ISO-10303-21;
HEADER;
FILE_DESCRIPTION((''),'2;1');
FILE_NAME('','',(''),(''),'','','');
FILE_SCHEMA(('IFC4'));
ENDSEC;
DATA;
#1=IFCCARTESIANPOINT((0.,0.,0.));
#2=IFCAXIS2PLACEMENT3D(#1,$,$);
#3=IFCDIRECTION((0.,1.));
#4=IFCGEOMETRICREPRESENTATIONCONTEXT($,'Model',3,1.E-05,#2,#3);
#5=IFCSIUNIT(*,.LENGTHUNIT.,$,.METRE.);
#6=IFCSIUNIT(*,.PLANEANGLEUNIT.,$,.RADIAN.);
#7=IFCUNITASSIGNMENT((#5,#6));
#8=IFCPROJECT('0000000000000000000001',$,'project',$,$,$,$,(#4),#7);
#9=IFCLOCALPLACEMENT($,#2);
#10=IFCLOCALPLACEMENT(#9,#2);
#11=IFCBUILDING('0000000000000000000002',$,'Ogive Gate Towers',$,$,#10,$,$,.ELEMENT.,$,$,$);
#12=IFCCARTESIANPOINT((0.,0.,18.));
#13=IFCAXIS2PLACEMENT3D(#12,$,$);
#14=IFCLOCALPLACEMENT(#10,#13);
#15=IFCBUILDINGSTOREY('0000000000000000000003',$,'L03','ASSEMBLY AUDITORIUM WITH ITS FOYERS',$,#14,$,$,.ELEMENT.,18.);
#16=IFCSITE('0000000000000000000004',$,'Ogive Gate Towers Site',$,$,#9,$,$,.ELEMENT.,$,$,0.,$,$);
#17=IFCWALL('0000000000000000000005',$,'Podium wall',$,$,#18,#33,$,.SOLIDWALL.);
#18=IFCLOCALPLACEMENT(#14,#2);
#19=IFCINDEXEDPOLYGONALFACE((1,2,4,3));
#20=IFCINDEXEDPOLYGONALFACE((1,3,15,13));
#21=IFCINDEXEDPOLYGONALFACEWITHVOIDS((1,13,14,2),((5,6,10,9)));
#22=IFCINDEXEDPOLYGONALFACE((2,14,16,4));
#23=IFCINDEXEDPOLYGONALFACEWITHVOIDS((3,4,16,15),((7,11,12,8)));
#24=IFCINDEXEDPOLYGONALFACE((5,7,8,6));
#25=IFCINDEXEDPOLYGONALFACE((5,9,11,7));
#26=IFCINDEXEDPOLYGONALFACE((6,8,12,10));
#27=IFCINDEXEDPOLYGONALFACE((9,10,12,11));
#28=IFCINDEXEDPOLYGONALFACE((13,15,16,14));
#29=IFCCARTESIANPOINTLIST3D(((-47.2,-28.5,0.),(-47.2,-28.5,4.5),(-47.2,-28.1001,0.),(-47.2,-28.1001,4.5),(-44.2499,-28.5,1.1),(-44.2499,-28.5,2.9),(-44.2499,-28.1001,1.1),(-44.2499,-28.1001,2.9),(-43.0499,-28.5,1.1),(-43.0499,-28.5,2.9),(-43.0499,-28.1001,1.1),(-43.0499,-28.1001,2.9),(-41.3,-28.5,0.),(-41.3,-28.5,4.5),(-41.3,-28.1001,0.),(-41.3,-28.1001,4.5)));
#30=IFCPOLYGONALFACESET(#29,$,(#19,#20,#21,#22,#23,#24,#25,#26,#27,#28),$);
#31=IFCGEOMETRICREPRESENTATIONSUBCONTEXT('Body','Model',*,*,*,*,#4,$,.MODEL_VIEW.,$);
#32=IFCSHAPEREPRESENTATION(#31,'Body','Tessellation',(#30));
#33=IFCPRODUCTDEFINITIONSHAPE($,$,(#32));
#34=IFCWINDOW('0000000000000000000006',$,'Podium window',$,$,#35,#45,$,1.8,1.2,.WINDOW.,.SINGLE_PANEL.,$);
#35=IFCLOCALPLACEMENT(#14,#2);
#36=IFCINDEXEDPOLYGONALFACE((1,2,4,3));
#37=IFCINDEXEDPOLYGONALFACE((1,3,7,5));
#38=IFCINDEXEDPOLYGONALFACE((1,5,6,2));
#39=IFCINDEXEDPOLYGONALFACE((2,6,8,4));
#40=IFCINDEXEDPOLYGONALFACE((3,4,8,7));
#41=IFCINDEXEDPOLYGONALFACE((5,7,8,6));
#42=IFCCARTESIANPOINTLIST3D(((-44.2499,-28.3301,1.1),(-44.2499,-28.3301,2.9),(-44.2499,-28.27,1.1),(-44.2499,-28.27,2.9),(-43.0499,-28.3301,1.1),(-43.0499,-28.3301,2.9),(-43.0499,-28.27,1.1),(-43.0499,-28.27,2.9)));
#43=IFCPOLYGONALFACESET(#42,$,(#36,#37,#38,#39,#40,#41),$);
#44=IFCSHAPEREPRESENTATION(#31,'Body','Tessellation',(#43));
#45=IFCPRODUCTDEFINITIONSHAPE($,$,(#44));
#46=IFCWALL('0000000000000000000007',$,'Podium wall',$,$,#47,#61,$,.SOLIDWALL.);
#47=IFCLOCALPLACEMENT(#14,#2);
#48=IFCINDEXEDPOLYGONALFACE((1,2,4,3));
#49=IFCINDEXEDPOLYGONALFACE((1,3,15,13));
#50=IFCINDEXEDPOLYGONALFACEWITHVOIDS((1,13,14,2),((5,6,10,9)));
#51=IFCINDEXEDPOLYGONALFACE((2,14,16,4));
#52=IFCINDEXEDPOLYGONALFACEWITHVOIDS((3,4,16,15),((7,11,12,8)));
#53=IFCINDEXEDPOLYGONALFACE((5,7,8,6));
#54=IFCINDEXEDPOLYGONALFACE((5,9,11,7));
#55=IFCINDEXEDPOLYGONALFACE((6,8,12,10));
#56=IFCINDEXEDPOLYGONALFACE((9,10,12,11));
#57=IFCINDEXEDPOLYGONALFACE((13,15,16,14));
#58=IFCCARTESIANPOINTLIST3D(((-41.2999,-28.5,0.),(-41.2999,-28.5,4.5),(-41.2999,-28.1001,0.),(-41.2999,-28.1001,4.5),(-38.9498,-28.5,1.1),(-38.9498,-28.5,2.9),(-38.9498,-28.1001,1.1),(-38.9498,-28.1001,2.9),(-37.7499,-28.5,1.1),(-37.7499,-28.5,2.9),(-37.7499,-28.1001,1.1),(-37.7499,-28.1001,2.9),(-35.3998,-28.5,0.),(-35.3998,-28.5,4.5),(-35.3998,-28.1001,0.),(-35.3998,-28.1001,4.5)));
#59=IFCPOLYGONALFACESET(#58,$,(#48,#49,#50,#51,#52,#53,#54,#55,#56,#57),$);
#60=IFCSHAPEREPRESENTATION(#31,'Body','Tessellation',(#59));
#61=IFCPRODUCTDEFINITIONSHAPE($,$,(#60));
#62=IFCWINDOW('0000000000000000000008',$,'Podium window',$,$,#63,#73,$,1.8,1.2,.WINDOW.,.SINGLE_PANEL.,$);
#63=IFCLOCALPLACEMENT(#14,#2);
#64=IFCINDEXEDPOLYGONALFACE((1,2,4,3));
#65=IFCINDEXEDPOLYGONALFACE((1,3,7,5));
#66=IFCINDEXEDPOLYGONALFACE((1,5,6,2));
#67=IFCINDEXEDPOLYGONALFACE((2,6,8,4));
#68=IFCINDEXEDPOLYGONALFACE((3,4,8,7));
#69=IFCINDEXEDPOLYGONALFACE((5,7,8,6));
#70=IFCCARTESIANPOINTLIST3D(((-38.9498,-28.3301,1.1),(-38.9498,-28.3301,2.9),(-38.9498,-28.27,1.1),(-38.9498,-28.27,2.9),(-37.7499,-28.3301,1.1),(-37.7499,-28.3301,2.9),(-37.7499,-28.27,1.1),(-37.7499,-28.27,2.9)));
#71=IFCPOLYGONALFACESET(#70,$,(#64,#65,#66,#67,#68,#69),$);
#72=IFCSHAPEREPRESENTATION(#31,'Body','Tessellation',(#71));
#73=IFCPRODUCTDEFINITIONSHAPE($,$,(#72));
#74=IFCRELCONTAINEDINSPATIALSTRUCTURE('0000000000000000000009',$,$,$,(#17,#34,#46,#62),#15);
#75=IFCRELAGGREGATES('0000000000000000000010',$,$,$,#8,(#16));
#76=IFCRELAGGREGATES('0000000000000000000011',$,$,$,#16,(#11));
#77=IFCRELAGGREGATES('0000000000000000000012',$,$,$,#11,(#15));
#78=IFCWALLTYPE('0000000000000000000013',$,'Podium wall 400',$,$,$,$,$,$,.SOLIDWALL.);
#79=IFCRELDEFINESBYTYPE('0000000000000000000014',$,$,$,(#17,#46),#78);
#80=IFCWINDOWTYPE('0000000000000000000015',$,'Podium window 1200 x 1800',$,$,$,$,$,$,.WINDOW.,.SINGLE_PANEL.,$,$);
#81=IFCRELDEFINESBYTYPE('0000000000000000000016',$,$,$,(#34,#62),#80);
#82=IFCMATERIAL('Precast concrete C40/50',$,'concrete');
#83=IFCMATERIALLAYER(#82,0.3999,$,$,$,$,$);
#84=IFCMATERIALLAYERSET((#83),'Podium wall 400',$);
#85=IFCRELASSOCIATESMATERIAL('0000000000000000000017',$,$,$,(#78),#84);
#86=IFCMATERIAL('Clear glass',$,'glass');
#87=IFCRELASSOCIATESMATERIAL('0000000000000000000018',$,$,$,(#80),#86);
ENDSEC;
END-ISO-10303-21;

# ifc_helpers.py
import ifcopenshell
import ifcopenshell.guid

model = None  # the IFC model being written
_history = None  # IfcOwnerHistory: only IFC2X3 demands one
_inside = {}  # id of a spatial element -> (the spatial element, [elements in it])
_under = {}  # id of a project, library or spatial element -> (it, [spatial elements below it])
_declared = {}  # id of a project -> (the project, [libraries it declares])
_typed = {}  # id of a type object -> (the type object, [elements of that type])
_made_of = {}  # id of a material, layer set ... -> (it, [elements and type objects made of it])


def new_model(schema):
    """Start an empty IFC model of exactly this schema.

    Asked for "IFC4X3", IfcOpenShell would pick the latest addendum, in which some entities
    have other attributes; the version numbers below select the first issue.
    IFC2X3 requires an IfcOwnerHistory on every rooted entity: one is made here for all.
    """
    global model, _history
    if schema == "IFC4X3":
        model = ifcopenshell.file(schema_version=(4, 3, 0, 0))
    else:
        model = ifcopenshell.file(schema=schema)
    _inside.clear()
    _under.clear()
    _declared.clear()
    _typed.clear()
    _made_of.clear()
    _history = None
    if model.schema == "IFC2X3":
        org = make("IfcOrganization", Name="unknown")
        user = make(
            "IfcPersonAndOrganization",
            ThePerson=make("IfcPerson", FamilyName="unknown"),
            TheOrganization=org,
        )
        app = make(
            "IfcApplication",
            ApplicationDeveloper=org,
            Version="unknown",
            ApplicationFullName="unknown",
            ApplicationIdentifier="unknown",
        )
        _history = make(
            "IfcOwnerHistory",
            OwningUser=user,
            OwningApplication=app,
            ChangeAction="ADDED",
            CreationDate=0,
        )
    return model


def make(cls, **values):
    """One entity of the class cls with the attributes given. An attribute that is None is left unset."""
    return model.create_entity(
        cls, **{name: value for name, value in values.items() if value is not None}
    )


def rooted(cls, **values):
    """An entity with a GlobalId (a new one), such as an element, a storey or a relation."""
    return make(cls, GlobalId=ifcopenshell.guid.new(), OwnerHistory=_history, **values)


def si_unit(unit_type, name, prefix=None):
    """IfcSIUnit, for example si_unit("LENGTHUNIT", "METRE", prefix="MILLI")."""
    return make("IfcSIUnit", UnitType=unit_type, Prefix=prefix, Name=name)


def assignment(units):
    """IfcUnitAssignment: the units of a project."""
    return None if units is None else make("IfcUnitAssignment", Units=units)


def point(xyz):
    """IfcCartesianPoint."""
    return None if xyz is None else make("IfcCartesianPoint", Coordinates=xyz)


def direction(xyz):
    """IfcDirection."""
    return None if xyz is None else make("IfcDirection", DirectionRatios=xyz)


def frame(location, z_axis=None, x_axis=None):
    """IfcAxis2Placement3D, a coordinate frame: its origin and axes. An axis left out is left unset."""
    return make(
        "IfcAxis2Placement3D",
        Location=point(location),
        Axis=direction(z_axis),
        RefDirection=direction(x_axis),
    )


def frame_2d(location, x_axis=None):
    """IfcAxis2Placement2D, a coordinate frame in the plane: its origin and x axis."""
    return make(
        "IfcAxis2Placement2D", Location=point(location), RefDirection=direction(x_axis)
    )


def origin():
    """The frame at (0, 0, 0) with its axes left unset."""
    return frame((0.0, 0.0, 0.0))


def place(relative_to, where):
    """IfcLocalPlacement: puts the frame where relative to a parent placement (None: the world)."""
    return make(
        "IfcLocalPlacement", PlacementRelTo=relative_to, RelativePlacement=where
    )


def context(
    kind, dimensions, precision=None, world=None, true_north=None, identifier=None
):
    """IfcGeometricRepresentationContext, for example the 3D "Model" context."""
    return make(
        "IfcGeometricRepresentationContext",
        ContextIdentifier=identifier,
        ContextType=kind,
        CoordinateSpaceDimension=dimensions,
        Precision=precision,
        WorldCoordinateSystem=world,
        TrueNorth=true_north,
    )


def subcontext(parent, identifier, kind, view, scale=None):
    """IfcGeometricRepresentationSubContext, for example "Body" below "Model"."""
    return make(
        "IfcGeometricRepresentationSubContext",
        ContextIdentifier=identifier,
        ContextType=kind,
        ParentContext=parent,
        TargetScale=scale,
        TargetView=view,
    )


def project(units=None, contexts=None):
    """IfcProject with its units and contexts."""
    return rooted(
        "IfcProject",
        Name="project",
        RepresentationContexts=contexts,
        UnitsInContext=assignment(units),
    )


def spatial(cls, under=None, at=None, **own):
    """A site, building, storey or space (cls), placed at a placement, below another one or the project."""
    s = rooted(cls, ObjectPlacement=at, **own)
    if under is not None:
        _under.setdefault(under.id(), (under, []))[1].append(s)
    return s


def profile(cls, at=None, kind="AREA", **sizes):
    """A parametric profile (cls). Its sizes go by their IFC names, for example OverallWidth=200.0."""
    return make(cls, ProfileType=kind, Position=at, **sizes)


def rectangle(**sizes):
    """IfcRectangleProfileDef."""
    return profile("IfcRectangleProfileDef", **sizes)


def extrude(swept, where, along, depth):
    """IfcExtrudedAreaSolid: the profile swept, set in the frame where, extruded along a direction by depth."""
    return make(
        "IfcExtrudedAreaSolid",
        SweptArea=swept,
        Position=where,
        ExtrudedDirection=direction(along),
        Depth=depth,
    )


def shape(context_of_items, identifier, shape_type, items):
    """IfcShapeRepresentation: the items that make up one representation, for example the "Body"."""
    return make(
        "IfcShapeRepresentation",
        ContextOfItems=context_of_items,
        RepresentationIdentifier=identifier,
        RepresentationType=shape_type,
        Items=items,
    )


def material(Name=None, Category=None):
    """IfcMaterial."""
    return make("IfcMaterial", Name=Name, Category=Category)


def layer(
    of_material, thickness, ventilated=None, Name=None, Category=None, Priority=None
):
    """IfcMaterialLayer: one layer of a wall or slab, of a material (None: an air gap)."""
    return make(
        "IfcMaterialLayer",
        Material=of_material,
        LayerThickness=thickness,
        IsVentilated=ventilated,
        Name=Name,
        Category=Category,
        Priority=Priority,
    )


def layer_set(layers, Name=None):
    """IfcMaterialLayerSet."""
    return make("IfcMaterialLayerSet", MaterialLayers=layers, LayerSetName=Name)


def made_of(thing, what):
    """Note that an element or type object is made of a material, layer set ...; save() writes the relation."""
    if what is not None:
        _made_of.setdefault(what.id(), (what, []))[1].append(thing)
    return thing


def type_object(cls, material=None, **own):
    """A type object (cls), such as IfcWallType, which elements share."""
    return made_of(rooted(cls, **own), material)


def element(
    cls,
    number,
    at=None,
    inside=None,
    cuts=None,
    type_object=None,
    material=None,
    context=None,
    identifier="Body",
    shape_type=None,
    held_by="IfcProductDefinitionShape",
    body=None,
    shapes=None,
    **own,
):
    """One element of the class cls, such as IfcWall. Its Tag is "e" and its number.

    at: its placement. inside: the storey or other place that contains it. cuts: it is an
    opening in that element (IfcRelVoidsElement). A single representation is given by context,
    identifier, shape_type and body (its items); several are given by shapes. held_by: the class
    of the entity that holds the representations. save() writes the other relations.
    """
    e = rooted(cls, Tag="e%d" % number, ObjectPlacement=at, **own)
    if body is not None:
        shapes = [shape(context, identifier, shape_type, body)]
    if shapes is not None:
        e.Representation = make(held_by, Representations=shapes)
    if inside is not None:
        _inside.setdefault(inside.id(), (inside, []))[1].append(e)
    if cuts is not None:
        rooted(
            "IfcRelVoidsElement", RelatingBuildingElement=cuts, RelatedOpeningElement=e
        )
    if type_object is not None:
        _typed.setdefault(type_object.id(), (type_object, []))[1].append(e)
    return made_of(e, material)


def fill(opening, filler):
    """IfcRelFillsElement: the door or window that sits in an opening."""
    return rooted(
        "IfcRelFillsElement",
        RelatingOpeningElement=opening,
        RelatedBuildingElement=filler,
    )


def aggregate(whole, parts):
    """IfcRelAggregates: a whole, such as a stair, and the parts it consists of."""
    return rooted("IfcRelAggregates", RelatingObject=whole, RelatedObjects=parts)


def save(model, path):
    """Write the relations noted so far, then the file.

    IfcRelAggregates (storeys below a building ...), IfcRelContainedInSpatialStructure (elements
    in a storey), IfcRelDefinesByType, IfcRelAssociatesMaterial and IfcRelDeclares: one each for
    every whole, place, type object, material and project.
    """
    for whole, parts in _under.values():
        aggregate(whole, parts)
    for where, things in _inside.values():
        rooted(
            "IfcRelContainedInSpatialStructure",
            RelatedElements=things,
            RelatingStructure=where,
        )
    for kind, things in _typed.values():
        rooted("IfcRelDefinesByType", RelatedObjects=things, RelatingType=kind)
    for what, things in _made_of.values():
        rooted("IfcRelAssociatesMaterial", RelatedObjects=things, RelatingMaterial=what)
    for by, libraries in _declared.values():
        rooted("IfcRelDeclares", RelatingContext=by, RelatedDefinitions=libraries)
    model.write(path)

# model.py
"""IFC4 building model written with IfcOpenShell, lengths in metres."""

from ifc_helpers import new_model, si_unit, direction, frame, frame_2d, origin, place, context, subcontext, project, spatial, rectangle, extrude, material, layer, layer_set, type_object, element, fill, save


model = new_model("IFC4")

# Units and contexts
model_context = context("Model", 3, precision=1e-05, world=origin(), true_north=direction((0.0, 1.0)))
body_context = subcontext(model_context, "Body", "Model", "MODEL_VIEW")
ifc_project = project(units=[si_unit("LENGTHUNIT", "METRE"), si_unit("PLANEANGLEUNIT", "RADIAN")], contexts=[model_context])

# Site, building, storey
site_placement = place(None, origin())
site = spatial("IfcSite", under=ifc_project, at=site_placement, Name="Ogive Gate Towers Site", CompositionType="ELEMENT", RefElevation=0.0)
building_placement = place(site_placement, origin())
building = spatial("IfcBuilding", under=site, at=building_placement, Name="Ogive Gate Towers", CompositionType="ELEMENT")
storey_placement = place(building_placement, frame((0.0, 0.0, 18.0)))
storey = spatial("IfcBuildingStorey", under=building, at=storey_placement, Name="L03", Description="ASSEMBLY AUDITORIUM WITH ITS FOYERS", CompositionType="ELEMENT", Elevation=18.0)

# Walls, openings, windows
ifc_material_1 = material(Name="Precast concrete C40/50", Category="concrete")
ifc_layer = layer(ifc_material_1, 0.3999)
ifc_layer_set = layer_set([ifc_layer], Name="Podium wall 400")
wall_type = type_object("IfcWallType", Name="Podium wall 400", PredefinedType="SOLIDWALL", material=ifc_layer_set)
ifc_material_2 = material(Name="Clear glass", Category="glass")
window_type = type_object("IfcWindowType", Name="Podium window 1200 x 1800", PartitioningType="SINGLE_PANEL", PredefinedType="WINDOW", material=ifc_material_2)
wall_1_placement = place(storey_placement, frame((-47.2, -28.3, 0.0), z_axis=(0.0, 0.0, 1.0), x_axis=(1.0, 0.0, 0.0)))
wall_1 = element("IfcWall", 1, at=wall_1_placement, inside=storey, type_object=wall_type, Name="Podium wall", PredefinedType="SOLIDWALL", context=body_context, shape_type="SweptSolid", body=[
    extrude(rectangle(XDim=5.8999, YDim=0.3999, at=frame_2d((2.95, 0.0))), origin(), (0.0, 0.0, 1.0), 4.5),
])
opening_1_placement = place(wall_1_placement, frame((2.95, 0.0, 1.1001)))
opening_1 = element("IfcOpeningElement", 2, at=opening_1_placement, cuts=wall_1, PredefinedType="OPENING", context=body_context, shape_type="SweptSolid", body=[
    extrude(rectangle(XDim=1.2, YDim=1.8, at=frame_2d((0.6001, 0.8999))), frame((0.0, 0.21, 0.0), z_axis=(0.0, -1.0, 0.0), x_axis=(1.0, 0.0, 0.0)), (0.0, 0.0, 1.0), 0.4199),
])
window_1_placement = place(opening_1_placement, origin())
window_1 = element("IfcWindow", 3, at=window_1_placement, inside=storey, type_object=window_type, Name="Podium window", OverallHeight=1.8, OverallWidth=1.2, PartitioningType="SINGLE_PANEL", PredefinedType="WINDOW", context=body_context, shape_type="SweptSolid", body=[
    extrude(rectangle(XDim=1.2, YDim=1.8, at=frame_2d((0.6001, 0.8999))), frame((0.0, 0.03, 0.0), z_axis=(0.0, -1.0, 0.0), x_axis=(1.0, 0.0, 0.0)), (0.0, 0.0, 1.0), 0.0601),
])
fill(opening_1, window_1)
wall_2_placement = place(storey_placement, frame((-41.3, -28.3, 0.0), z_axis=(0.0, 0.0, 1.0), x_axis=(1.0, 0.0, 0.0)))
wall_2 = element("IfcWall", 4, at=wall_2_placement, inside=storey, type_object=wall_type, Name="Podium wall", PredefinedType="SOLIDWALL", context=body_context, shape_type="SweptSolid", body=[
    extrude(rectangle(XDim=5.9001, YDim=0.3999, at=frame_2d((2.9502, 0.0))), origin(), (0.0, 0.0, 1.0), 4.5),
])
opening_2_placement = place(wall_2_placement, frame((2.3501, 0.0, 1.1001)))
opening_2 = element("IfcOpeningElement", 5, at=opening_2_placement, cuts=wall_2, PredefinedType="OPENING", context=body_context, shape_type="SweptSolid", body=[
    extrude(rectangle(XDim=1.2, YDim=1.8, at=frame_2d((0.6001, 0.8999))), frame((0.0, 0.21, 0.0), z_axis=(0.0, -1.0, 0.0), x_axis=(1.0, 0.0, 0.0)), (0.0, 0.0, 1.0), 0.4199),
])
window_2_placement = place(opening_2_placement, origin())
window_2 = element("IfcWindow", 6, at=window_2_placement, inside=storey, type_object=window_type, Name="Podium window", OverallHeight=1.8, OverallWidth=1.2, PartitioningType="SINGLE_PANEL", PredefinedType="WINDOW", context=body_context, shape_type="SweptSolid", body=[
    extrude(rectangle(XDim=1.2, YDim=1.8, at=frame_2d((0.6001, 0.8999))), frame((0.0, 0.03, 0.0), z_axis=(0.0, -1.0, 0.0), x_axis=(1.0, 0.0, 0.0)), (0.0, 0.0, 1.0), 0.0601),
])
fill(opening_2, window_2)

save(model, "model.ifc")
